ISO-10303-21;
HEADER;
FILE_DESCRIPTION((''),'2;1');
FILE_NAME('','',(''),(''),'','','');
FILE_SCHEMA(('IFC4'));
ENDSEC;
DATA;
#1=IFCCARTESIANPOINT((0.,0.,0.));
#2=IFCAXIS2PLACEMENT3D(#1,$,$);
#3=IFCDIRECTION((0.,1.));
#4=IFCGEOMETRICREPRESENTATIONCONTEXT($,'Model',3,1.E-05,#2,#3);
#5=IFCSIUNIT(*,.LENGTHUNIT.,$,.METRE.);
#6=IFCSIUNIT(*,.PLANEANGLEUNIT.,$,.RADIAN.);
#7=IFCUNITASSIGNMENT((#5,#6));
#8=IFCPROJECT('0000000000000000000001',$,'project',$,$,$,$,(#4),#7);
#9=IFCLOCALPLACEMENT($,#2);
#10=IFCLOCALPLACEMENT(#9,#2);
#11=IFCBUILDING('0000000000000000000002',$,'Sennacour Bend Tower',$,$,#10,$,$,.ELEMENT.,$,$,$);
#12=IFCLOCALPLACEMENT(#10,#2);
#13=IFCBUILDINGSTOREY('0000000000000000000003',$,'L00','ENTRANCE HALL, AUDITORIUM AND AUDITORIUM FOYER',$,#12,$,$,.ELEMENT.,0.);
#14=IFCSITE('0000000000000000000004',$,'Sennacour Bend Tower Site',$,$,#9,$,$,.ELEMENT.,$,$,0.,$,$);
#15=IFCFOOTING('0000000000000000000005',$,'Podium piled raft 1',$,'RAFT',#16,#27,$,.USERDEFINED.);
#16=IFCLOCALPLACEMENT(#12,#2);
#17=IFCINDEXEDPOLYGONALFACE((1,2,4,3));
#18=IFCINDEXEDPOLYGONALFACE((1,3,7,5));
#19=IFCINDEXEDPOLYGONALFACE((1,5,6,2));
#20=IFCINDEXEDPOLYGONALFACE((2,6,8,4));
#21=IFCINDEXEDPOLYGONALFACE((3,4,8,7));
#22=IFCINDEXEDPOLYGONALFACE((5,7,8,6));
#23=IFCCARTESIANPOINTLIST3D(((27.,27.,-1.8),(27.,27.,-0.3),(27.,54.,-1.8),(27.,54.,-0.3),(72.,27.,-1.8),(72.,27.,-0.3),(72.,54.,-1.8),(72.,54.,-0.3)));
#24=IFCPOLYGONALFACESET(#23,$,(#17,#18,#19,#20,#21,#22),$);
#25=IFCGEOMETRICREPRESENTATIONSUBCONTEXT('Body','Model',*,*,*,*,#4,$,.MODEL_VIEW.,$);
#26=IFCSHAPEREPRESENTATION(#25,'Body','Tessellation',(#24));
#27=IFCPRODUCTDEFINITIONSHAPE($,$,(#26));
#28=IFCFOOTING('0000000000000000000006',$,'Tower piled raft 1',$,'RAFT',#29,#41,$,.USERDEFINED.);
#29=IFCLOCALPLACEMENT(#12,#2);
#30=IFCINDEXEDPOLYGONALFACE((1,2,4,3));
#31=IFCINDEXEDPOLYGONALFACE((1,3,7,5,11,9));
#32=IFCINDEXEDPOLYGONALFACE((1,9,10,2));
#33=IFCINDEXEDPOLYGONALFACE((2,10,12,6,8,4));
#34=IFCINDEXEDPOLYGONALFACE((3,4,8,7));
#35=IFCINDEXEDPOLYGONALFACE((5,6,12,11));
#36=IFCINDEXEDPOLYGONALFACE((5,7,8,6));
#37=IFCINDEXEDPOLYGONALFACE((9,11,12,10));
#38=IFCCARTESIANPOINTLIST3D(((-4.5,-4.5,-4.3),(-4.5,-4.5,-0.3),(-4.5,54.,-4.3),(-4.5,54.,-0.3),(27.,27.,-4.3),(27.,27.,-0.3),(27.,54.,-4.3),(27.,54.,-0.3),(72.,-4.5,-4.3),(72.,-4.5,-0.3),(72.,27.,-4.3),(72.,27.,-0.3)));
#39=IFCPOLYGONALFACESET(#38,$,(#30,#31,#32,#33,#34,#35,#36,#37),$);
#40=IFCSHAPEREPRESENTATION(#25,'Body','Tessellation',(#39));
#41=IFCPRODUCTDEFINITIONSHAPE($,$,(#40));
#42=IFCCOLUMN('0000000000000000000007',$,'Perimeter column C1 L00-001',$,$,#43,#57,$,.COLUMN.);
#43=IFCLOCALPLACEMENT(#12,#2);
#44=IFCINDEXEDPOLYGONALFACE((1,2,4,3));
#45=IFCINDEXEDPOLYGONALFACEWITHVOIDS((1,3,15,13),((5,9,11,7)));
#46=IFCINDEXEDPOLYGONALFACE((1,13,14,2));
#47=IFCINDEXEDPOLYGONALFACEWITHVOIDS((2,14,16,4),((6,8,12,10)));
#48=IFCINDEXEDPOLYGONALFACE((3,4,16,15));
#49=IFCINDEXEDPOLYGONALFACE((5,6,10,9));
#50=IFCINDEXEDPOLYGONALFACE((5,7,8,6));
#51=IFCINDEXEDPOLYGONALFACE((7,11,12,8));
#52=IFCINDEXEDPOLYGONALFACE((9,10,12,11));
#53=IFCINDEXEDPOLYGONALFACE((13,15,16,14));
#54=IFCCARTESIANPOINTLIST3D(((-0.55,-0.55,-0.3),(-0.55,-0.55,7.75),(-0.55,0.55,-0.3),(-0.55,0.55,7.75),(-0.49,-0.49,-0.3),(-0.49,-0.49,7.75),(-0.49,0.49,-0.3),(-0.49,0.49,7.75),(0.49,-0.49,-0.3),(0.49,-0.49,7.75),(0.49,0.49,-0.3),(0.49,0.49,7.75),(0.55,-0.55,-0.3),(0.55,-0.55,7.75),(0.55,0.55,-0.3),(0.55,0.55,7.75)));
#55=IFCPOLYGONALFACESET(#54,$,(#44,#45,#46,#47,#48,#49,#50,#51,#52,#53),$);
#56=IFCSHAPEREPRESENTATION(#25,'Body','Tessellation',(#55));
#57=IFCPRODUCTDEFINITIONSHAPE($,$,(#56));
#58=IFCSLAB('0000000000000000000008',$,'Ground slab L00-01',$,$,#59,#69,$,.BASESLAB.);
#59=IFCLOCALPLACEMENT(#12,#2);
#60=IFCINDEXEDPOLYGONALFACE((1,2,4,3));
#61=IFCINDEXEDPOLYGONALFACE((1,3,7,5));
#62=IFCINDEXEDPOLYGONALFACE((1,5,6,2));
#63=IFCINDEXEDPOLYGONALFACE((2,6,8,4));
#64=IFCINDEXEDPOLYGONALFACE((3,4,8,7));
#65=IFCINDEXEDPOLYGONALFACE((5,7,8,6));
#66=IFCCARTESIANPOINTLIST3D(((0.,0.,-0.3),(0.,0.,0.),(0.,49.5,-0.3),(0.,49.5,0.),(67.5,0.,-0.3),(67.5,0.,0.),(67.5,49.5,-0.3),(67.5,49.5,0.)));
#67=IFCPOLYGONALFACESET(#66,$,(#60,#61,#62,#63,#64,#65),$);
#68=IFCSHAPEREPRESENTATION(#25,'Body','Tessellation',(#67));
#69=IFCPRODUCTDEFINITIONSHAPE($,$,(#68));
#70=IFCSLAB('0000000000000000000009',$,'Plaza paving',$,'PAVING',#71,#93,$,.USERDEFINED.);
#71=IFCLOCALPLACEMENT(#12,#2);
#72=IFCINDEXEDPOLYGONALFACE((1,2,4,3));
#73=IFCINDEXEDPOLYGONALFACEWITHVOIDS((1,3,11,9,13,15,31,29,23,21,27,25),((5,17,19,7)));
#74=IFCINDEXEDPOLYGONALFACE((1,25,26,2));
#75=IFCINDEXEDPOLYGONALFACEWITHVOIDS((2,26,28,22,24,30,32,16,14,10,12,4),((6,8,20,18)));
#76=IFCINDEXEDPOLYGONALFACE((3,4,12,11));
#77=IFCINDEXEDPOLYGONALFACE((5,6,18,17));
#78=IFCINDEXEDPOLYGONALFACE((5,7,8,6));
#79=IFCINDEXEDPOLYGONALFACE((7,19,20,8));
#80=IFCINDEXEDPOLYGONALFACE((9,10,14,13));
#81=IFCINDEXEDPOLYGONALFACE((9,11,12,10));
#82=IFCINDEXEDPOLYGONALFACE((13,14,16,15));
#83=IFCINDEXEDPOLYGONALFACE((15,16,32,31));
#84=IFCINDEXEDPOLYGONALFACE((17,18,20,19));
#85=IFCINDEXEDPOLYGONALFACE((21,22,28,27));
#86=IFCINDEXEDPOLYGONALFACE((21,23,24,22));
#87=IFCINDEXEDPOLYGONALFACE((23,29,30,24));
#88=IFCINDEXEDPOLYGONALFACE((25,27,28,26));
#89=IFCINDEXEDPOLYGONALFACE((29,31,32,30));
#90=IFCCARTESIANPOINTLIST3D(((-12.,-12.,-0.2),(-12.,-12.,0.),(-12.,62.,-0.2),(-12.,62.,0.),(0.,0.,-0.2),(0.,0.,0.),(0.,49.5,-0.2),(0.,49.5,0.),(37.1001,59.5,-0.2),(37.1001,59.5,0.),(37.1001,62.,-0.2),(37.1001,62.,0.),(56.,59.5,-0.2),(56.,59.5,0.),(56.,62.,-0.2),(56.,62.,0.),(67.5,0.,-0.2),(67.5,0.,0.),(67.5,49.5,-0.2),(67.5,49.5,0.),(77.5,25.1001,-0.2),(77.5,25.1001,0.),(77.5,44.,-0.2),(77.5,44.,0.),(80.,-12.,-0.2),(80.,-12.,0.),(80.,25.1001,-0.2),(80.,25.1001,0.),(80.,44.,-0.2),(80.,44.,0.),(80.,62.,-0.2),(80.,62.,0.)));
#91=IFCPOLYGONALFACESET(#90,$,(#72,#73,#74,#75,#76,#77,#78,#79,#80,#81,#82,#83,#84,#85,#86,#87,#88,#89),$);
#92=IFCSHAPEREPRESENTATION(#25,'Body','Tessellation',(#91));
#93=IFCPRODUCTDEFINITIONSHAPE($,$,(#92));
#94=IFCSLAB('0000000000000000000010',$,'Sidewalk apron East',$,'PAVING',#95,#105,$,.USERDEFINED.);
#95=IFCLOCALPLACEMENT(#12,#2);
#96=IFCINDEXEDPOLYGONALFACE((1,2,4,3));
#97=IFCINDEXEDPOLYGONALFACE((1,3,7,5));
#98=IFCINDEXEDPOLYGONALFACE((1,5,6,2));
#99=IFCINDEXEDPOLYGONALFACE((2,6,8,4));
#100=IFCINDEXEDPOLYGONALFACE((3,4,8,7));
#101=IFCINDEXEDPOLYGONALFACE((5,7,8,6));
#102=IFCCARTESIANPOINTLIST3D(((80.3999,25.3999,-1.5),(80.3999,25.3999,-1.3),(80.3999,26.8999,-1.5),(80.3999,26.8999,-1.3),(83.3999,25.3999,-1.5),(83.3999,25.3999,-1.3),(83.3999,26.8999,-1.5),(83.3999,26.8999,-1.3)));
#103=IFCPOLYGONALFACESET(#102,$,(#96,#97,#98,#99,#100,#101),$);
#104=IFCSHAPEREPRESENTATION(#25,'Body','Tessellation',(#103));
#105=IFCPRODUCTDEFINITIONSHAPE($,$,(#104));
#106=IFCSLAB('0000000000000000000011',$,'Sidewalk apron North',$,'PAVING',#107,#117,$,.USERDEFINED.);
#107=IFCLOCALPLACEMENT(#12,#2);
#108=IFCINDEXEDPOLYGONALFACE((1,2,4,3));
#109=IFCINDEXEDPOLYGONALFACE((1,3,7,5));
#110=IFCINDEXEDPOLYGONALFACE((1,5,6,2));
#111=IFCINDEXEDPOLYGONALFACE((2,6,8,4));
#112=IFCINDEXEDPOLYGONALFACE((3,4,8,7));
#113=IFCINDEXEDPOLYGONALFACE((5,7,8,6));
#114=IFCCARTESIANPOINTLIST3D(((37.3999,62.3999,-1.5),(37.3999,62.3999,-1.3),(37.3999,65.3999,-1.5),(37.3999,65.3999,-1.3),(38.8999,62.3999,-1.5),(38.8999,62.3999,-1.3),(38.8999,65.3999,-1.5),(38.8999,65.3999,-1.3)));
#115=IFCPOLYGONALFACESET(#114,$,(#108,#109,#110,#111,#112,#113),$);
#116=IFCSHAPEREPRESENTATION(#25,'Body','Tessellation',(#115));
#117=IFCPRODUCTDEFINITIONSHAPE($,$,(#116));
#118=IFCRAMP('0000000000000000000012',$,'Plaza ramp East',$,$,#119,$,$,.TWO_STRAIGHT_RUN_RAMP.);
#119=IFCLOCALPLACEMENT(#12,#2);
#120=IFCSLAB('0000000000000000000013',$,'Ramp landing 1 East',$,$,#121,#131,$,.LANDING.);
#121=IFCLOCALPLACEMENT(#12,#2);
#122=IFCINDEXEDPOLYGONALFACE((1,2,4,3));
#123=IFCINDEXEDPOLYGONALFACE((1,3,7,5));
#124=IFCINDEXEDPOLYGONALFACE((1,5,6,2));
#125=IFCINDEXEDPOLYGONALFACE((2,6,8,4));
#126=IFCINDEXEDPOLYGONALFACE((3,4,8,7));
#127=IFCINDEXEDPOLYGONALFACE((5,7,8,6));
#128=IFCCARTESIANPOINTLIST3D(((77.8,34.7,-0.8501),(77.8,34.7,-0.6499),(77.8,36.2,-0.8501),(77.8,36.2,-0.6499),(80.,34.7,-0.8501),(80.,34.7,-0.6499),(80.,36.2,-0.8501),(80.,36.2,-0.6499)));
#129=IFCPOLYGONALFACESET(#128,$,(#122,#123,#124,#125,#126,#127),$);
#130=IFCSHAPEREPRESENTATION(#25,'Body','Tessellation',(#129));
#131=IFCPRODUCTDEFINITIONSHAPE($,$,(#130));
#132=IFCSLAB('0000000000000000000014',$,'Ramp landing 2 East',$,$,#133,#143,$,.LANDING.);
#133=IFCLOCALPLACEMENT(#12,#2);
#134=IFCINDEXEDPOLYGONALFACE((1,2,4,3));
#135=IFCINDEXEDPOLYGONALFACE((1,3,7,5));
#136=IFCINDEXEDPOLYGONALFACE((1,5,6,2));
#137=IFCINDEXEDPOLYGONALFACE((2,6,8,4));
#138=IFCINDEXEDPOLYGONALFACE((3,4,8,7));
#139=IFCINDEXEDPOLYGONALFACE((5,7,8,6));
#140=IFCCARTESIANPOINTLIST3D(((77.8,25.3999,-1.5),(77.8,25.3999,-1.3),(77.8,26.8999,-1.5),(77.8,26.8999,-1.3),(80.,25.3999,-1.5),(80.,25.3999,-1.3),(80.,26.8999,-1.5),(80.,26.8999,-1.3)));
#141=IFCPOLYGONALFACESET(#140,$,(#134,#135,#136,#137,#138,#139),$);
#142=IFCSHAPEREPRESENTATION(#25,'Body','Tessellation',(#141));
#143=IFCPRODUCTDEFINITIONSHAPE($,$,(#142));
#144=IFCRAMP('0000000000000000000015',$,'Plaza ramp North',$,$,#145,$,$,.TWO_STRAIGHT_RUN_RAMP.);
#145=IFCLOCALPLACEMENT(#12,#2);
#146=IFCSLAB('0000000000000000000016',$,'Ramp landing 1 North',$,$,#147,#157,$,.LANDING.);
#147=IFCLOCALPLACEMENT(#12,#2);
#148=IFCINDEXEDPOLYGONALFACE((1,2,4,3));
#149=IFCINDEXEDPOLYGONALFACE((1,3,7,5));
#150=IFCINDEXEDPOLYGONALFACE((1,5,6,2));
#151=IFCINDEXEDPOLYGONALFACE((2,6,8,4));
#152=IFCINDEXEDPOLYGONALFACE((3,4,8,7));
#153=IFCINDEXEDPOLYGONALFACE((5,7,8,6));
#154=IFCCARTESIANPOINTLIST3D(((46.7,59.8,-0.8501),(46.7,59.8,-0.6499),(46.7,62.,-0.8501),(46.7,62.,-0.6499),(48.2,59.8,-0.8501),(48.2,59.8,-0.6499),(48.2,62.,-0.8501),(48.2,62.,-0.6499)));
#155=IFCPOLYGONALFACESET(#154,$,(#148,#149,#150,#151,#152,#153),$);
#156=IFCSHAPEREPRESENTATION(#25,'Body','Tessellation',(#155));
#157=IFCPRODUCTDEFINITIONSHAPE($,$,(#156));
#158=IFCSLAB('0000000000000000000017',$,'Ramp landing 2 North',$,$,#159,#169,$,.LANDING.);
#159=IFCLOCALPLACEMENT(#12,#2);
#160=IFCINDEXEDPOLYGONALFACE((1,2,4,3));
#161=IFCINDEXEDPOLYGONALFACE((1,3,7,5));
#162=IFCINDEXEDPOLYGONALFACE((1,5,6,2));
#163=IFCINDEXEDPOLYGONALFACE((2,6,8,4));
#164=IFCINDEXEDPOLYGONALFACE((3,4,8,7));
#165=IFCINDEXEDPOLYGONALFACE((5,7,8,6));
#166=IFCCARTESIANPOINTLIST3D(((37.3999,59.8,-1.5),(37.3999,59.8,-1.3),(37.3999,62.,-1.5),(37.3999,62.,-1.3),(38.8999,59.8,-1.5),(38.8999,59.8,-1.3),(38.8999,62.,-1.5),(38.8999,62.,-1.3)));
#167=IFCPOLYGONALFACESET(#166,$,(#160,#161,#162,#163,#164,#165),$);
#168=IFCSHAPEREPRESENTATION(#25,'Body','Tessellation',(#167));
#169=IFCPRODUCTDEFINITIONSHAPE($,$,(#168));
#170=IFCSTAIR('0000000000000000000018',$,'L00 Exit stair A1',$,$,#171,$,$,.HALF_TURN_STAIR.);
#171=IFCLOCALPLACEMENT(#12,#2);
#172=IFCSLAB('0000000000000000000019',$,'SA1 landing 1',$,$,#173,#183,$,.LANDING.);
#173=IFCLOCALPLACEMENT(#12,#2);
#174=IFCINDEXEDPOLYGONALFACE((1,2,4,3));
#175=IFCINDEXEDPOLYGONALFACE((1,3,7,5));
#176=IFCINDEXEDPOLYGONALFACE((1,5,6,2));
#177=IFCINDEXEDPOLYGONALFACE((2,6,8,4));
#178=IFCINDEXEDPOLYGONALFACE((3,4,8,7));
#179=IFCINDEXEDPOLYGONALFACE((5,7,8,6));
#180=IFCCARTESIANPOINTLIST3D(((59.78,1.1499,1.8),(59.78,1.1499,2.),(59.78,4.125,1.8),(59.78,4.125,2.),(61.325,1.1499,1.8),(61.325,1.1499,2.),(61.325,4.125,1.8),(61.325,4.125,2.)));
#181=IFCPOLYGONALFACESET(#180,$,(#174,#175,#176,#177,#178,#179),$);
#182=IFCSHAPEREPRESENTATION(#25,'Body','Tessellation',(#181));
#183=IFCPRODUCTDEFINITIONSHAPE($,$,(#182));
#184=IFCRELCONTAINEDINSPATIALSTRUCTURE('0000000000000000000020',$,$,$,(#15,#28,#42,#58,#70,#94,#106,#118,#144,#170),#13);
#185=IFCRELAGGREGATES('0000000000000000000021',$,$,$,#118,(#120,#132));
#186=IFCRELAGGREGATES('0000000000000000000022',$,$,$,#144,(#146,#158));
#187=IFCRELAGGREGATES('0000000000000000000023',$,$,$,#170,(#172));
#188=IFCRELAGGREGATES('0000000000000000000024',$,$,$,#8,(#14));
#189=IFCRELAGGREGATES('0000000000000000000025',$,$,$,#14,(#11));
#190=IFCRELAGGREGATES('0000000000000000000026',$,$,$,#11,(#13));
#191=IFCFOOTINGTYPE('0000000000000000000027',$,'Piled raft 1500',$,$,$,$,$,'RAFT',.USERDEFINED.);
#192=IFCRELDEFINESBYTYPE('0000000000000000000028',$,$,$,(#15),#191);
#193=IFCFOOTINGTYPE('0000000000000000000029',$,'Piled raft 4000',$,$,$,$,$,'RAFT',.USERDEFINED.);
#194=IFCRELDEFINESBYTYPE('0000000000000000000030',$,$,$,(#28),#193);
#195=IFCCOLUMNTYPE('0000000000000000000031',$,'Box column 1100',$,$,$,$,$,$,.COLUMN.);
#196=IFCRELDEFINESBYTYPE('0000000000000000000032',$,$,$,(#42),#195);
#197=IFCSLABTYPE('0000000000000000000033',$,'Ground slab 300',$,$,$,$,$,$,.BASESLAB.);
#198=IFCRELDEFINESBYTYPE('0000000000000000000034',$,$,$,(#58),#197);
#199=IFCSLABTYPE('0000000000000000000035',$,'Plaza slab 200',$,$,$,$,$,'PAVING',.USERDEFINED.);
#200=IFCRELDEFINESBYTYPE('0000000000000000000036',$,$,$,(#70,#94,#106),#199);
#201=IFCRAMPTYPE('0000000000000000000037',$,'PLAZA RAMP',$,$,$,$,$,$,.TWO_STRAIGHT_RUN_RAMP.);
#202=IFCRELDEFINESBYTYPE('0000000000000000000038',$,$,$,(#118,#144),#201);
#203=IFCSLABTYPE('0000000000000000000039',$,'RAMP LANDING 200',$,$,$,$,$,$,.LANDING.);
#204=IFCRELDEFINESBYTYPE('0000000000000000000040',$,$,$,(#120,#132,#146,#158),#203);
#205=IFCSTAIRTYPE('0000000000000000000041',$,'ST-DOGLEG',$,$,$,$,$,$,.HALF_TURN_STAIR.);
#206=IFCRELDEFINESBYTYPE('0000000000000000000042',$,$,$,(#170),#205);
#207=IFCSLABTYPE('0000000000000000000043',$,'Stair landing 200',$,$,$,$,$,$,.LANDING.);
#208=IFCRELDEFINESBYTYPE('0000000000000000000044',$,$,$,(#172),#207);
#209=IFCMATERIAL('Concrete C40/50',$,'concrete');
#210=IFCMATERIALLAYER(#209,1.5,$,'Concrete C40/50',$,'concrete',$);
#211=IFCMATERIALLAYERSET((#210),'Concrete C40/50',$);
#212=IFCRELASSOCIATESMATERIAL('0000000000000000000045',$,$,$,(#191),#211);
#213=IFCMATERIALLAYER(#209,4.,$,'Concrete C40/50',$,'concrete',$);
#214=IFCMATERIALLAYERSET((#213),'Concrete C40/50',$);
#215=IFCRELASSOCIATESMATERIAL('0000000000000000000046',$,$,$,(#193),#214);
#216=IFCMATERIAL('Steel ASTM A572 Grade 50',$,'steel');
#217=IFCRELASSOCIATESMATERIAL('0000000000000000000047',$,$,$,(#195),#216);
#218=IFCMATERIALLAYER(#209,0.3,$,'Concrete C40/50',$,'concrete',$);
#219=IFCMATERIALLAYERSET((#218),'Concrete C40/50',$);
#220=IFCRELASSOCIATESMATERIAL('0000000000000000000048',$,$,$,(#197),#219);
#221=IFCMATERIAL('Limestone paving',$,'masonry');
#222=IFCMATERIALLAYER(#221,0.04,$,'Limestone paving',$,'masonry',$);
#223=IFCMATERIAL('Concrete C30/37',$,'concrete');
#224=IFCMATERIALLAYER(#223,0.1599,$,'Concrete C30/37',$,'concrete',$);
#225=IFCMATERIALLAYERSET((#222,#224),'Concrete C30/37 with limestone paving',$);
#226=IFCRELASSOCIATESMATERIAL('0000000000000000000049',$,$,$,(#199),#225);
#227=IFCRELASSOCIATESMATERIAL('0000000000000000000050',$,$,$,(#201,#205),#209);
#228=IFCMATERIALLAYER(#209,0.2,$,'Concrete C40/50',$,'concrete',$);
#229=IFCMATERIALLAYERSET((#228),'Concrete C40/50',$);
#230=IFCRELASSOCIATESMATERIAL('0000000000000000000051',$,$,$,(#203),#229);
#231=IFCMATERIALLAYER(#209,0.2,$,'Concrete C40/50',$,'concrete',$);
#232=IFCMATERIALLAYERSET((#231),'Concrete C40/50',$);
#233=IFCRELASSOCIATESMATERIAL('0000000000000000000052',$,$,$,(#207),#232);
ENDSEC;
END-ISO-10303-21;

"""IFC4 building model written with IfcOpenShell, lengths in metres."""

from ifc_helpers import new_model, si_unit, direction, frame, origin, origin_2d, place, context, subcontext, project, spatial, polyline, hollow_rectangle, outline, extrude, material, layer, layer_set, material_profile, profile_set, type_object, element, aggregate, save


model = new_model("IFC4")

# Units and contexts
model_context = context("Model", 3, precision=1e-05, world=origin(), true_north=direction((0.0, 1.0)))
body_context = subcontext(model_context, "Body", "Model", "MODEL_VIEW")
ifc_project = project(units=[si_unit("LENGTHUNIT", "METRE"), si_unit("PLANEANGLEUNIT", "RADIAN")], contexts=[model_context])

# Site, building, storey
site_placement = place(None, origin())
site = spatial("IfcSite", under=ifc_project, at=site_placement, Name="Sennacour Bend Tower Site", CompositionType="ELEMENT", RefElevation=0.0)
building_placement = place(site_placement, origin())
building = spatial("IfcBuilding", under=site, at=building_placement, Name="Sennacour Bend Tower", CompositionType="ELEMENT")
storey_placement = place(building_placement, origin())
storey = spatial("IfcBuildingStorey", under=building, at=storey_placement, Name="L00", Description="ENTRANCE HALL, AUDITORIUM AND AUDITORIUM FOYER", CompositionType="ELEMENT", Elevation=0.0)

# Footings
ifc_material_1 = material(Name="Concrete C40/50", Category="concrete")
ifc_layer_1 = layer(ifc_material_1, 1.5, Name="Concrete C40/50", Category="concrete")
ifc_layer_set_1 = layer_set([ifc_layer_1], Name="Concrete C40/50")
footing_type_1 = type_object("IfcFootingType", Name="Piled raft 1500", ElementType="RAFT", PredefinedType="USERDEFINED", material=ifc_layer_set_1)
footing_1_placement = place(storey_placement, frame((0.0, 0.0, -1.8)))
element("IfcFooting", 1, at=footing_1_placement, inside=storey, type_object=footing_type_1, Name="Podium piled raft 1", ObjectType="RAFT", PredefinedType="USERDEFINED", context=body_context, shape_type="SweptSolid", body=[
    extrude(outline(polyline([(72.0, 54.0), (72.0, 27.0), (27.0, 27.0), (27.0, 54.0), (72.0, 54.0)])), origin(), (0.0, 0.0, 1.0), 1.5),
])
ifc_layer_2 = layer(ifc_material_1, 4.0, Name="Concrete C40/50", Category="concrete")
ifc_layer_set_2 = layer_set([ifc_layer_2], Name="Concrete C40/50")
footing_type_2 = type_object("IfcFootingType", Name="Piled raft 4000", ElementType="RAFT", PredefinedType="USERDEFINED", material=ifc_layer_set_2)
footing_2_placement = place(storey_placement, frame((0.0, 0.0, -4.3)))
element("IfcFooting", 2, at=footing_2_placement, inside=storey, type_object=footing_type_2, Name="Tower piled raft 1", ObjectType="RAFT", PredefinedType="USERDEFINED", context=body_context, shape_type="SweptSolid", body=[
    extrude(outline(polyline([(-4.5, 54.0), (27.0, 54.0), (27.0, 27.0), (72.0, 27.0), (72.0, -4.5), (-4.5, -4.5), (-4.5, 54.0)])), origin(), (0.0, 0.0, 1.0), 4.0),
])

# Column
ifc_material_2 = material(Name="Steel ASTM A572 Grade 50", Category="steel")
ifc_material_profile = material_profile(ifc_material_2, hollow_rectangle(XDim=1.1001, YDim=1.1001, WallThickness=0.0601, at=origin_2d()), Name="Steel ASTM A572 Grade 50", Category="steel")
ifc_profile_set = profile_set([ifc_material_profile], Name="Steel ASTM A572 Grade 50")
column_type = type_object("IfcColumnType", Name="Box column 1100", PredefinedType="COLUMN", material=ifc_profile_set)
column_placement = place(storey_placement, frame((0.0, 0.0, -0.3), z_axis=(0.0, 0.0, 1.0), x_axis=(1.0, 0.0, 0.0)))
element("IfcColumn", 3, at=column_placement, inside=storey, type_object=column_type, Name="Perimeter column C1 L00-001", PredefinedType="COLUMN", context=body_context, shape_type="SweptSolid", body=[
    extrude(hollow_rectangle(XDim=1.1001, YDim=1.1001, WallThickness=0.0601, at=origin_2d()), origin(), (0.0, 0.0, 1.0), 8.05),
])

# Slabs
ifc_layer_3 = layer(ifc_material_1, 0.3, Name="Concrete C40/50", Category="concrete")
ifc_layer_set_3 = layer_set([ifc_layer_3], Name="Concrete C40/50")
slab_type_1 = type_object("IfcSlabType", Name="Ground slab 300", PredefinedType="BASESLAB", material=ifc_layer_set_3)
slab_1_placement = place(storey_placement, frame((0.0, 0.0, -0.3)))
element("IfcSlab", 4, at=slab_1_placement, inside=storey, type_object=slab_type_1, Name="Ground slab L00-01", PredefinedType="BASESLAB", context=body_context, shape_type="SweptSolid", body=[
    extrude(outline(polyline([(67.5, 0.0), (67.5, 49.5), (0.0, 49.5), (0.0, 0.0), (67.5, 0.0)])), origin(), (0.0, 0.0, 1.0), 0.3),
])
ifc_material_3 = material(Name="Limestone paving", Category="masonry")
ifc_layer_4 = layer(ifc_material_3, 0.04, Name="Limestone paving", Category="masonry")
ifc_material_4 = material(Name="Concrete C30/37", Category="concrete")
ifc_layer_5 = layer(ifc_material_4, 0.1599, Name="Concrete C30/37", Category="concrete")
ifc_layer_set_4 = layer_set([ifc_layer_4, ifc_layer_5], Name="Concrete C30/37 with limestone paving")
slab_type_2 = type_object("IfcSlabType", Name="Plaza slab 200", ElementType="PAVING", PredefinedType="USERDEFINED", material=ifc_layer_set_4)
slab_2_placement = place(storey_placement, frame((0.0, 0.0, -0.2)))
element("IfcSlab", 5, at=slab_2_placement, inside=storey, type_object=slab_type_2, Name="Plaza paving", ObjectType="PAVING", PredefinedType="USERDEFINED", context=body_context, shape_type="SweptSolid", body=[
    extrude(outline(polyline([(37.1001, 62.0), (37.1001, 59.5), (56.0, 59.5), (56.0, 62.0), (80.0, 62.0), (80.0, 44.0), (77.5, 44.0), (77.5, 25.1001), (80.0, 25.1001), (80.0, -12.0), (-12.0, -12.0), (-12.0, 62.0), (37.1001, 62.0)]), holes=[polyline([(0.0, 0.0), (67.5, 0.0), (67.5, 49.5), (0.0, 49.5), (0.0, 0.0)])]), origin(), (0.0, 0.0, 1.0), 0.2),
])
slab_3_placement = place(storey_placement, frame((0.0, 0.0, -1.5)))
element("IfcSlab", 6, at=slab_3_placement, inside=storey, type_object=slab_type_2, Name="Sidewalk apron East", ObjectType="PAVING", PredefinedType="USERDEFINED", context=body_context, shape_type="SweptSolid", body=[
    extrude(outline(polyline([(80.3999, 26.8999), (80.3999, 25.3999), (83.3999, 25.3999), (83.3999, 26.8999), (80.3999, 26.8999)])), origin(), (0.0, 0.0, 1.0), 0.2),
])
slab_4_placement = place(storey_placement, frame((0.0, 0.0, -1.5)))
element("IfcSlab", 7, at=slab_4_placement, inside=storey, type_object=slab_type_2, Name="Sidewalk apron North", ObjectType="PAVING", PredefinedType="USERDEFINED", context=body_context, shape_type="SweptSolid", body=[
    extrude(outline(polyline([(38.8999, 62.3999), (37.3999, 62.3999), (37.3999, 65.3999), (38.8999, 65.3999), (38.8999, 62.3999)])), origin(), (0.0, 0.0, 1.0), 0.2),
])

# Ramps, slabs
ramp_type = type_object("IfcRampType", Name="PLAZA RAMP", PredefinedType="TWO_STRAIGHT_RUN_RAMP", material=ifc_material_1)
ramp_1_placement = place(storey_placement, origin())
ramp_1 = element("IfcRamp", 8, at=ramp_1_placement, inside=storey, type_object=ramp_type, Name="Plaza ramp East", PredefinedType="TWO_STRAIGHT_RUN_RAMP")
ifc_layer_6 = layer(ifc_material_1, 0.2, Name="Concrete C40/50", Category="concrete")
ifc_layer_set_5 = layer_set([ifc_layer_6], Name="Concrete C40/50")
slab_type_3 = type_object("IfcSlabType", Name="RAMP LANDING 200", PredefinedType="LANDING", material=ifc_layer_set_5)
slab_5_placement = place(storey_placement, frame((0.0, 0.0, -0.8501)))
slab_5 = element("IfcSlab", 9, at=slab_5_placement, type_object=slab_type_3, Name="Ramp landing 1 East", PredefinedType="LANDING", context=body_context, shape_type="SweptSolid", body=[
    extrude(outline(polyline([(77.8, 36.2), (80.0, 36.2), (80.0, 34.7), (77.8, 34.7), (77.8, 36.2)])), origin(), (0.0, 0.0, 1.0), 0.2002),
])
slab_6_placement = place(storey_placement, frame((0.0, 0.0, -1.5)))
slab_6 = element("IfcSlab", 10, at=slab_6_placement, type_object=slab_type_3, Name="Ramp landing 2 East", PredefinedType="LANDING", context=body_context, shape_type="SweptSolid", body=[
    extrude(outline(polyline([(77.8, 26.8999), (80.0, 26.8999), (80.0, 25.3999), (77.8, 25.3999), (77.8, 26.8999)])), origin(), (0.0, 0.0, 1.0), 0.2),
])
aggregate(ramp_1, [slab_5, slab_6])
ramp_2_placement = place(storey_placement, origin())
ramp_2 = element("IfcRamp", 11, at=ramp_2_placement, inside=storey, type_object=ramp_type, Name="Plaza ramp North", PredefinedType="TWO_STRAIGHT_RUN_RAMP")
slab_7_placement = place(storey_placement, frame((0.0, 0.0, -0.8501)))
slab_7 = element("IfcSlab", 12, at=slab_7_placement, type_object=slab_type_3, Name="Ramp landing 1 North", PredefinedType="LANDING", context=body_context, shape_type="SweptSolid", body=[
    extrude(outline(polyline([(48.2, 62.0), (48.2, 59.8), (46.7, 59.8), (46.7, 62.0), (48.2, 62.0)])), origin(), (0.0, 0.0, 1.0), 0.2002),
])
slab_8_placement = place(storey_placement, frame((0.0, 0.0, -1.5)))
slab_8 = element("IfcSlab", 13, at=slab_8_placement, type_object=slab_type_3, Name="Ramp landing 2 North", PredefinedType="LANDING", context=body_context, shape_type="SweptSolid", body=[
    extrude(outline(polyline([(38.8999, 62.0), (38.8999, 59.8), (37.3999, 59.8), (37.3999, 62.0), (38.8999, 62.0)])), origin(), (0.0, 0.0, 1.0), 0.2),
])
aggregate(ramp_2, [slab_7, slab_8])

# Stair, slab
stair_type = type_object("IfcStairType", Name="ST-DOGLEG", PredefinedType="HALF_TURN_STAIR", material=ifc_material_1)
stair_1_placement = place(storey_placement, origin())
stair_1 = element("IfcStair", 14, at=stair_1_placement, inside=storey, type_object=stair_type, Name="L00 Exit stair A1", PredefinedType="HALF_TURN_STAIR")
ifc_layer_7 = layer(ifc_material_1, 0.2, Name="Concrete C40/50", Category="concrete")
ifc_layer_set_6 = layer_set([ifc_layer_7], Name="Concrete C40/50")
slab_type_4 = type_object("IfcSlabType", Name="Stair landing 200", PredefinedType="LANDING", material=ifc_layer_set_6)
slab_9_placement = place(storey_placement, frame((0.0, 0.0, 1.8)))
slab_9 = element("IfcSlab", 15, at=slab_9_placement, type_object=slab_type_4, Name="SA1 landing 1", PredefinedType="LANDING", context=body_context, shape_type="SweptSolid", body=[
    extrude(outline(polyline([(59.78, 1.1499), (61.325, 1.1499), (61.325, 4.125), (59.78, 4.125), (59.78, 1.1499)])), origin(), (0.0, 0.0, 1.0), 0.2),
])
aggregate(stair_1, [slab_9])

save(model, "model.ifc")
